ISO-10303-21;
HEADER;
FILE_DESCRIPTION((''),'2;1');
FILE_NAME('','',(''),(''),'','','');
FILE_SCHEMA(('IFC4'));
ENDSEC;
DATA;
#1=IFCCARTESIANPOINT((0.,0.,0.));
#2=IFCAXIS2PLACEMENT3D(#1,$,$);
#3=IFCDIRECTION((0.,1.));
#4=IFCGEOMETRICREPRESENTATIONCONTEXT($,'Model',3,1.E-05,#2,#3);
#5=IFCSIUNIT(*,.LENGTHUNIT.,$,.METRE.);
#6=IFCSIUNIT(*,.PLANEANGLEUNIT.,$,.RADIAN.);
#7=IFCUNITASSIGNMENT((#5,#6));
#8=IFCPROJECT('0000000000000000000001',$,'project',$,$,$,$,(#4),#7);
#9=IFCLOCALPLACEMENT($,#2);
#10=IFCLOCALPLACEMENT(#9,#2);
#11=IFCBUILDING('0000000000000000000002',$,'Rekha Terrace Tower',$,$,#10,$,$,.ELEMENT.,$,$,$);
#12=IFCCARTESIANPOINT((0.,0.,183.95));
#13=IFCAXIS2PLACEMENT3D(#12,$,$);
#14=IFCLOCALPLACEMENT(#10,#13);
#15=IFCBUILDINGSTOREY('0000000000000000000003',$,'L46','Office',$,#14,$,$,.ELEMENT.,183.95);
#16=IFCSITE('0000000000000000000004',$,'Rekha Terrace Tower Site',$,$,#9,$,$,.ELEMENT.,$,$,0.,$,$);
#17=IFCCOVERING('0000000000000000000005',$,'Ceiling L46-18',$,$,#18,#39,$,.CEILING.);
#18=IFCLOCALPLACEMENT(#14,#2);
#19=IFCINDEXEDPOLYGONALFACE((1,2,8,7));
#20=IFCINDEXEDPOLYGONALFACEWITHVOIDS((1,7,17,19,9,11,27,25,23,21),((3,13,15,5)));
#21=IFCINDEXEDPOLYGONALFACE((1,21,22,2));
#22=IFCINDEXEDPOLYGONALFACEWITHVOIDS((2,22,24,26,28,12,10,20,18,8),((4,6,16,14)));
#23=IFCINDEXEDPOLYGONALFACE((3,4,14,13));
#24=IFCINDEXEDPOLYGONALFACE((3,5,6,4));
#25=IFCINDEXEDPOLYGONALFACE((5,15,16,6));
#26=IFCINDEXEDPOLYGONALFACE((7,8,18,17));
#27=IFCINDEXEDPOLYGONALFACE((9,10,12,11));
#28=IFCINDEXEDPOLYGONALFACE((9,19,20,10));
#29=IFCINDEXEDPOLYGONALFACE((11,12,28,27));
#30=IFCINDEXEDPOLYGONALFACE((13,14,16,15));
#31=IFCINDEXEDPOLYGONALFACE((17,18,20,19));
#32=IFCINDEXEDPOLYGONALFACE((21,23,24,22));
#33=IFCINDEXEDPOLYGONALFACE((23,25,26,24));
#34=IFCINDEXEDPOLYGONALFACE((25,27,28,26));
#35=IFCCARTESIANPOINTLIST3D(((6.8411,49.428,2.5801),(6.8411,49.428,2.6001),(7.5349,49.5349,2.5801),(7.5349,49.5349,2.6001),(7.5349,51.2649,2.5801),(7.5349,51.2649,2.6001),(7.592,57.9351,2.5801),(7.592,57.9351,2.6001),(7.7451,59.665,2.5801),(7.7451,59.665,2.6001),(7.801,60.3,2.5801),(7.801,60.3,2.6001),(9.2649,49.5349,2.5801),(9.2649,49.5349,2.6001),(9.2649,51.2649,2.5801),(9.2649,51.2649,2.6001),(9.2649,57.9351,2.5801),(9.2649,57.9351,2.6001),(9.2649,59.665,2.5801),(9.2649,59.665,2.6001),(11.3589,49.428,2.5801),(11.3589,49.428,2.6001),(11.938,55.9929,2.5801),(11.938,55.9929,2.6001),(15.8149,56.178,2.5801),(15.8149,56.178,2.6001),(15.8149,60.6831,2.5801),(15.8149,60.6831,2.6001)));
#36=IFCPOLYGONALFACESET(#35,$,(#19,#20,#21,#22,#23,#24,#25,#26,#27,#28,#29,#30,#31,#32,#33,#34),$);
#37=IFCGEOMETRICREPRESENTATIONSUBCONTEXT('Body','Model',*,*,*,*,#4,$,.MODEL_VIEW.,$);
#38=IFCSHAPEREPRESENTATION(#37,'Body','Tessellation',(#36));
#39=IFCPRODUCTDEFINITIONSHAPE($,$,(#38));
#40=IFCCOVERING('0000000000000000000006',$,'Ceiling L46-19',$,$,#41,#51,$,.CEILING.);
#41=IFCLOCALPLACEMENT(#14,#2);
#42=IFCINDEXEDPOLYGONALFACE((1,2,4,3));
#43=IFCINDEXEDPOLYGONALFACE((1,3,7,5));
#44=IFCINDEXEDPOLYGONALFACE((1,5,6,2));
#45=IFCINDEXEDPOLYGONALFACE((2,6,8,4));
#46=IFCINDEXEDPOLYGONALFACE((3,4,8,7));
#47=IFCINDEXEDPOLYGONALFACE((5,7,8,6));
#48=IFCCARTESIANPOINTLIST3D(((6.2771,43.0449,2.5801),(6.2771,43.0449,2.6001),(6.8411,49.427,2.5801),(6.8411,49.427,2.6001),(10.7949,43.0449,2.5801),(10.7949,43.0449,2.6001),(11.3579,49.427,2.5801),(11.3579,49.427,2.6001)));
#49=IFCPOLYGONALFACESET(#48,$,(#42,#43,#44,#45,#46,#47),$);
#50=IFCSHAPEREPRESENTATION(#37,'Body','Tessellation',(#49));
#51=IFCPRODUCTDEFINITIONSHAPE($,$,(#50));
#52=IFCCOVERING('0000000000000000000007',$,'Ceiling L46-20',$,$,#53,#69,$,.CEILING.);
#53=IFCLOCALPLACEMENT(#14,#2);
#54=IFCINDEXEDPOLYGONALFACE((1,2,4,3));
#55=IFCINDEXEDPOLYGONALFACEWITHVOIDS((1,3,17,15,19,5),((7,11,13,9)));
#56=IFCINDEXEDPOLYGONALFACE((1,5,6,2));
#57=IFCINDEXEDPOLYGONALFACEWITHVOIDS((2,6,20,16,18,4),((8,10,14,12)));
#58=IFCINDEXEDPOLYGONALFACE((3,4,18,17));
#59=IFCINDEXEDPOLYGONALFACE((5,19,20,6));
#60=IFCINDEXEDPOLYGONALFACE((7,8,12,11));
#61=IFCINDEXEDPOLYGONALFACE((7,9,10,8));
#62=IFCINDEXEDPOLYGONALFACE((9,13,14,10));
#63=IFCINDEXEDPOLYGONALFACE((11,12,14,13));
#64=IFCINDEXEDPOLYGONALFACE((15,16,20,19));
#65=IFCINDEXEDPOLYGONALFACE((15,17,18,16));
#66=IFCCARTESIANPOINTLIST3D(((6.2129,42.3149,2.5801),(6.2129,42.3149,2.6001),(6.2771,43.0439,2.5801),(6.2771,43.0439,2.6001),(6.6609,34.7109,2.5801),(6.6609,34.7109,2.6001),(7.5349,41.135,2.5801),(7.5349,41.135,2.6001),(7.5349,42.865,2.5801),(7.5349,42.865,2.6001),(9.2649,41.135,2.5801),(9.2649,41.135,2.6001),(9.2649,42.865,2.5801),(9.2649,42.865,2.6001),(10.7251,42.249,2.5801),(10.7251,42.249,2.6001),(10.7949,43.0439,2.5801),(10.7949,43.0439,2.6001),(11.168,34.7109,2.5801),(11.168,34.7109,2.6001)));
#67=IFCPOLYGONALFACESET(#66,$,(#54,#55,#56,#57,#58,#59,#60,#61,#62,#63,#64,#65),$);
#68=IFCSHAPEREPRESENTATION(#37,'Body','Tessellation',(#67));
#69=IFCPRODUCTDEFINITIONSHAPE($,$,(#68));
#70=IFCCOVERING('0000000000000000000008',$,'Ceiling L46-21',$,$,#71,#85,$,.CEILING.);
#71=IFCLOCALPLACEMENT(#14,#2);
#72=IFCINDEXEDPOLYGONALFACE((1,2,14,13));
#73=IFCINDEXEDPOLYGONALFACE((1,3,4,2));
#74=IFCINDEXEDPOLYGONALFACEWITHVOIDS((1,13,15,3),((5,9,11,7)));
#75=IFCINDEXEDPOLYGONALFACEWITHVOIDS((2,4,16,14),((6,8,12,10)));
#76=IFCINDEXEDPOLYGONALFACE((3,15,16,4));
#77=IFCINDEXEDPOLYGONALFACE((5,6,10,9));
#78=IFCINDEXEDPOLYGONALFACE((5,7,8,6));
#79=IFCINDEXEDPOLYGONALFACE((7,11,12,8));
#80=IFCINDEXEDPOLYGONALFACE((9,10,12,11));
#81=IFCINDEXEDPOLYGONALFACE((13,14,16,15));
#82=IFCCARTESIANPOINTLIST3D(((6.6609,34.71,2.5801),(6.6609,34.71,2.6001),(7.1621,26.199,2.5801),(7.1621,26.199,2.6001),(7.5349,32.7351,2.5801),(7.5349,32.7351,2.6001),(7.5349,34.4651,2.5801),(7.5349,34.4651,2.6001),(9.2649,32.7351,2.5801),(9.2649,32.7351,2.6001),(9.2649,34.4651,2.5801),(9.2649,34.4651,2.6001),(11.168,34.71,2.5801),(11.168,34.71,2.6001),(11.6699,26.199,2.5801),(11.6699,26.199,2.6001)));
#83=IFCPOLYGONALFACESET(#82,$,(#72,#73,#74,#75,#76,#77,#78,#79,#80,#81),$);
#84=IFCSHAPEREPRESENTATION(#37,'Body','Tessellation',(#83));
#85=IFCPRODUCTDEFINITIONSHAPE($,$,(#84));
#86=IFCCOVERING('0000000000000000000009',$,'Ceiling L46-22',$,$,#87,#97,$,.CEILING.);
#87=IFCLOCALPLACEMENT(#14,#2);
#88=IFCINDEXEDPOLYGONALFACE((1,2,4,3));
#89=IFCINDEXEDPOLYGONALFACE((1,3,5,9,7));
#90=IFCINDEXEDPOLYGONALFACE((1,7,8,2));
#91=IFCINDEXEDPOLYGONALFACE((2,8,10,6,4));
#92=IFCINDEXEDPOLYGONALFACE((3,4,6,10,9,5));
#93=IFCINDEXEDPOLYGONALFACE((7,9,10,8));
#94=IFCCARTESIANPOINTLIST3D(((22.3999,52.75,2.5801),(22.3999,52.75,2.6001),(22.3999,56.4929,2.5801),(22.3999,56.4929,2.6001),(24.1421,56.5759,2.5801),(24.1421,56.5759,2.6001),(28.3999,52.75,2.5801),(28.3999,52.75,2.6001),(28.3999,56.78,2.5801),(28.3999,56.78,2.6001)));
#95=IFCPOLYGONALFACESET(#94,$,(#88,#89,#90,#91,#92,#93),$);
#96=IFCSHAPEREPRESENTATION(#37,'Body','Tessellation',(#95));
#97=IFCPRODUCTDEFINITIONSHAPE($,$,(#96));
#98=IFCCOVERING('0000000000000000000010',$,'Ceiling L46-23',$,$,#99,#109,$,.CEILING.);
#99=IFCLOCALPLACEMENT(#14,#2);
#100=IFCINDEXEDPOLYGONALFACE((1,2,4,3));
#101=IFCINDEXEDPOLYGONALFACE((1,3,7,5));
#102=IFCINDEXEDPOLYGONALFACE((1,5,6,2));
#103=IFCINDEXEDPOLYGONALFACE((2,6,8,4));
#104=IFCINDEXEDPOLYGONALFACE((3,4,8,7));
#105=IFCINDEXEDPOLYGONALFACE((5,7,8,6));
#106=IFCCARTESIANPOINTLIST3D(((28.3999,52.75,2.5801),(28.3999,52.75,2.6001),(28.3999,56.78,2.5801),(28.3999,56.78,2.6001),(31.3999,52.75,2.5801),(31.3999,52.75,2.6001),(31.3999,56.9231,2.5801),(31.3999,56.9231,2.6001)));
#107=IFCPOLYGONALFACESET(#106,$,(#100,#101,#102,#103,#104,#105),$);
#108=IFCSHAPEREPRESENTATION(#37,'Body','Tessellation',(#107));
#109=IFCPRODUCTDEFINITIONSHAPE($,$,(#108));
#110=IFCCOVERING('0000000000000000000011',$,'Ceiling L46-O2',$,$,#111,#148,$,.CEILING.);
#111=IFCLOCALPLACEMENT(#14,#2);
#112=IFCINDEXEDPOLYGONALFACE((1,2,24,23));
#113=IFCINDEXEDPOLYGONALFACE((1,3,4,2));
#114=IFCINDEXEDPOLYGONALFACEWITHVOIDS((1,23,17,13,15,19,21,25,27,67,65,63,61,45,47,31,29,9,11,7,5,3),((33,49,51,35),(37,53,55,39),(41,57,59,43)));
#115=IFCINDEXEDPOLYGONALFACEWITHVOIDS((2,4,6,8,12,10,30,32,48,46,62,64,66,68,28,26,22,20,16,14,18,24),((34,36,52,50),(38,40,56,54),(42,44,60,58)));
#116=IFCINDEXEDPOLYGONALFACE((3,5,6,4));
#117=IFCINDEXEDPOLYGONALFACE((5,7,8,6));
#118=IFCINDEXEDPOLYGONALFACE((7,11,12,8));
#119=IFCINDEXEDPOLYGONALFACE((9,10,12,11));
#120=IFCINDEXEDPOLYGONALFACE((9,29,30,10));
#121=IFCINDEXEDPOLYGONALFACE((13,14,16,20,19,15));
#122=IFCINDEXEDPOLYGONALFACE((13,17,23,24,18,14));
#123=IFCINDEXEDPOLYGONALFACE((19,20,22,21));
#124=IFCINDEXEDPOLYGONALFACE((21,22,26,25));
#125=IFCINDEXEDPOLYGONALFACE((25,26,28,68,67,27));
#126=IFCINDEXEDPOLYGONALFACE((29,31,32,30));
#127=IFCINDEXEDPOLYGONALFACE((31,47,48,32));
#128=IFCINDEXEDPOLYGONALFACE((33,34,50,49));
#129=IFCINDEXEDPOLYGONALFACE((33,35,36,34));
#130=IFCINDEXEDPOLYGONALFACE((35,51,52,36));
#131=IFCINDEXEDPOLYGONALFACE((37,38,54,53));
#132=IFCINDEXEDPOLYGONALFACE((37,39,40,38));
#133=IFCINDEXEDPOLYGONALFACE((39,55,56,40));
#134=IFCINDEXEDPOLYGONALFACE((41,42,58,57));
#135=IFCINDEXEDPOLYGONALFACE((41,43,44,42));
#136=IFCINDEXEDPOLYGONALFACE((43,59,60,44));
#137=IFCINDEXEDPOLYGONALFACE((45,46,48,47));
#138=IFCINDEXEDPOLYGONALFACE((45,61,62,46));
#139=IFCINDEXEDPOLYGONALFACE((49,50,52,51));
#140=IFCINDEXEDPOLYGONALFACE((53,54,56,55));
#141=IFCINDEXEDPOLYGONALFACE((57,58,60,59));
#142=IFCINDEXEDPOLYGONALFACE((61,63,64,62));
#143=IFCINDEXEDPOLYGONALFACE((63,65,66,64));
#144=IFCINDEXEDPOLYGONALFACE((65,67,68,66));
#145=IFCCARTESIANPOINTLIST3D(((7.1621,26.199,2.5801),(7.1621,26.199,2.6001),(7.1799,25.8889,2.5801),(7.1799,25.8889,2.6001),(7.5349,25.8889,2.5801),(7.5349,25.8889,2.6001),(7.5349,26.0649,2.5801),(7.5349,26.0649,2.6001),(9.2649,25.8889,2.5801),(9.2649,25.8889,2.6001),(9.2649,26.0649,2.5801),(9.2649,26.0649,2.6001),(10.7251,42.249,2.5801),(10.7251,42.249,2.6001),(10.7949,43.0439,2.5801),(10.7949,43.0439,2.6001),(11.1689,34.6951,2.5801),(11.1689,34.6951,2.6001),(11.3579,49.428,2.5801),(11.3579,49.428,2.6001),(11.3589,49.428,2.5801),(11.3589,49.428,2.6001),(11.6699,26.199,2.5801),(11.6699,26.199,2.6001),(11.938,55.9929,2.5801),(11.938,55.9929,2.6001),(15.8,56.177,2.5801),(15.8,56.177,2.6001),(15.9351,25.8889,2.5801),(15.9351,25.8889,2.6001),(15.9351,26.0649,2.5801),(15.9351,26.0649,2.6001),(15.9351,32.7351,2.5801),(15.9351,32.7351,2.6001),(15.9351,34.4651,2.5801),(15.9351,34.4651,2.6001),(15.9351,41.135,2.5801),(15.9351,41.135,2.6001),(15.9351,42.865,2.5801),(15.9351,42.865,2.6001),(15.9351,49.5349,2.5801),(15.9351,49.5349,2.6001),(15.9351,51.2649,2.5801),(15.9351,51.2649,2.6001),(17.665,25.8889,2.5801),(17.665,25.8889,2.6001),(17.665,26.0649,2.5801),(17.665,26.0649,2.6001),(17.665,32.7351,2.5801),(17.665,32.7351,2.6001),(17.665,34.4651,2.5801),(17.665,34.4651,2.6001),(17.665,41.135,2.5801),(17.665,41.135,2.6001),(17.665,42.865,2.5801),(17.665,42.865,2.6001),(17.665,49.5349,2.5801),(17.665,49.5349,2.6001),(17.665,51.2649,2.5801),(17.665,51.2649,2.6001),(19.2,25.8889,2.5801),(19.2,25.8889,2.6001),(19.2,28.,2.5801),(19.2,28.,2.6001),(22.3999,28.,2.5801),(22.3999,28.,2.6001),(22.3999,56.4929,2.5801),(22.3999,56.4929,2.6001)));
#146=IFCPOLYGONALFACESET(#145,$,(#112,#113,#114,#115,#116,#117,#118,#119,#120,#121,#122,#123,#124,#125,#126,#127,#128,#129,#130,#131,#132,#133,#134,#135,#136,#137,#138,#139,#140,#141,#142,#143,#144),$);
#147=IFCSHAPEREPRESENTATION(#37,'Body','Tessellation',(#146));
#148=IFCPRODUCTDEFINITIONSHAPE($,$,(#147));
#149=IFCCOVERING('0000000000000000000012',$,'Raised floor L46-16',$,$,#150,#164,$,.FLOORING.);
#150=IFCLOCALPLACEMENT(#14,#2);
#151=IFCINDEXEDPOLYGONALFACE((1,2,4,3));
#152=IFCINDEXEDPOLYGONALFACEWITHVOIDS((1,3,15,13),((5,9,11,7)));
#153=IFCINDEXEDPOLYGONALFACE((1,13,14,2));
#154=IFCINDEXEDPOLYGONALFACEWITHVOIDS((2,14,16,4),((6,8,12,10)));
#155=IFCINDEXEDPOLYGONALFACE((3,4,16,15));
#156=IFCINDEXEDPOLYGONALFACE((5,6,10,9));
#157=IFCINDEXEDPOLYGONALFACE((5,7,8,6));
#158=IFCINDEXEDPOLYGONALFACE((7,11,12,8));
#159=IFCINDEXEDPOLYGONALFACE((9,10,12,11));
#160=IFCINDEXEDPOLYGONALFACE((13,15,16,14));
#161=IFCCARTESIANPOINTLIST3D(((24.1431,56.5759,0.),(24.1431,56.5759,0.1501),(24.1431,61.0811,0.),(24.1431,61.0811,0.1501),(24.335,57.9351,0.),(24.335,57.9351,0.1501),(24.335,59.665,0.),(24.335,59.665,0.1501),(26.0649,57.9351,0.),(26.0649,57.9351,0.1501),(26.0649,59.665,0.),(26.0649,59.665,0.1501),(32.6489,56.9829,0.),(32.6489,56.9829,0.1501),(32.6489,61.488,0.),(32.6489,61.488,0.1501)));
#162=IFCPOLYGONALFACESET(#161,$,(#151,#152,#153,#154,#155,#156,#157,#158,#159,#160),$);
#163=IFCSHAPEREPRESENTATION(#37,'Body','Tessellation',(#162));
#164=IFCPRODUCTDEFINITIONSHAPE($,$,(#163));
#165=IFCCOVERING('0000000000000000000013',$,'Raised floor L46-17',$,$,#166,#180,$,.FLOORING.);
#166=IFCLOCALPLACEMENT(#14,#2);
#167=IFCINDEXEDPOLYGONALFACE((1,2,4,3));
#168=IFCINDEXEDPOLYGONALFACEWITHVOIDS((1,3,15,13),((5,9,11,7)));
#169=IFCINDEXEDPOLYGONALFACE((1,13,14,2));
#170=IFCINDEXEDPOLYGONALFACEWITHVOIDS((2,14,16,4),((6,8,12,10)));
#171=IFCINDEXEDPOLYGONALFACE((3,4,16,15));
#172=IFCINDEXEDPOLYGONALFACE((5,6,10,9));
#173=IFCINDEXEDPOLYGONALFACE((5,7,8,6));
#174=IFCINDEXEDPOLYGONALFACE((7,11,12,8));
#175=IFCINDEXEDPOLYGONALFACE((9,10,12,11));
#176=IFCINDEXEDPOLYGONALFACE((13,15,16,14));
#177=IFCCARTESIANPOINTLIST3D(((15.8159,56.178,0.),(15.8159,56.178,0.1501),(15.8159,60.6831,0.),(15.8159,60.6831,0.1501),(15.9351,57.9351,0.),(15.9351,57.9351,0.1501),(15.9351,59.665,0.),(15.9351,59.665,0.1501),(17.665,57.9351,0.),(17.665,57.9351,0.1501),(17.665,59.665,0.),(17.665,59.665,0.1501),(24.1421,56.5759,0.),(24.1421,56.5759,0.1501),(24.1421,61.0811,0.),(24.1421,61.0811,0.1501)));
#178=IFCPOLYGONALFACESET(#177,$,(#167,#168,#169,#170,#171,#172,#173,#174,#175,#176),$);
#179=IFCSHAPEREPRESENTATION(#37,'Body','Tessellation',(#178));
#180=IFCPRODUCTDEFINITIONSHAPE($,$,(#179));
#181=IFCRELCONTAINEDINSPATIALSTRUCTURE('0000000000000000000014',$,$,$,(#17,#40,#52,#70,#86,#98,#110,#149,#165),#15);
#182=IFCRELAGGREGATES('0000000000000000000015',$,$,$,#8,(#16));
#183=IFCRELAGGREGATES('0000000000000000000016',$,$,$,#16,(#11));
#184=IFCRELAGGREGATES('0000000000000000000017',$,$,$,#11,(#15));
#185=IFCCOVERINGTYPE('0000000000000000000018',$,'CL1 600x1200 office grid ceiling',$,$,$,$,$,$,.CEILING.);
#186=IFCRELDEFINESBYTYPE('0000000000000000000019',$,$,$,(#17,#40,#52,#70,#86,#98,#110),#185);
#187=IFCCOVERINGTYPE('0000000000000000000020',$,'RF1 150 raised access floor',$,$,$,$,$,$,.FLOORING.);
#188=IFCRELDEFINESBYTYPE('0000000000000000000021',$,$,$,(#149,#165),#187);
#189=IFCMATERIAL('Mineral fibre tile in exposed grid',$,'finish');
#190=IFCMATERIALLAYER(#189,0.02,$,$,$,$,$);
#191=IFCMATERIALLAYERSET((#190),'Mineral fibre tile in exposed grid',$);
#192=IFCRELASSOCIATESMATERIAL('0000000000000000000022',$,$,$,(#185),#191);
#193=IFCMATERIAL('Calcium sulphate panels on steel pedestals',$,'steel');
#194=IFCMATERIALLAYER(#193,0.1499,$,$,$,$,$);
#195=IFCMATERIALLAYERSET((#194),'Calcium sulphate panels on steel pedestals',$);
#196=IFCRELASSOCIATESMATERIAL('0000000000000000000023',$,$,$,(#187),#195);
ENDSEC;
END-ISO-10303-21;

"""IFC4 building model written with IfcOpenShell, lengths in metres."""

from ifc_helpers import new_model, si_unit, direction, frame, origin, place, context, subcontext, project, spatial, polyline, outline, extrude, material, layer, layer_set, type_object, element, save


model = new_model("IFC4")

# Units and contexts
model_context = context("Model", 3, precision=1e-05, world=origin(), true_north=direction((0.0, 1.0)))
body_context = subcontext(model_context, "Body", "Model", "MODEL_VIEW")
ifc_project = project(units=[si_unit("LENGTHUNIT", "METRE"), si_unit("PLANEANGLEUNIT", "RADIAN")], contexts=[model_context])

# Site, building, storey
site_placement = place(None, origin())
site = spatial("IfcSite", under=ifc_project, at=site_placement, Name="Rekha Terrace Tower Site", CompositionType="ELEMENT", RefElevation=0.0)
building_placement = place(site_placement, origin())
building = spatial("IfcBuilding", under=site, at=building_placement, Name="Rekha Terrace Tower", CompositionType="ELEMENT")
storey_placement = place(building_placement, frame((0.0, 0.0, 183.95)))
storey = spatial("IfcBuildingStorey", under=building, at=storey_placement, Name="L46", Description="Office", CompositionType="ELEMENT", Elevation=183.95)

# Coverings
ifc_material_1 = material(Name="Mineral fibre tile in exposed grid", Category="finish")
ifc_layer_1 = layer(ifc_material_1, 0.02)
ifc_layer_set_1 = layer_set([ifc_layer_1], Name="Mineral fibre tile in exposed grid")
covering_type_1 = type_object("IfcCoveringType", Name="CL1 600x1200 office grid ceiling", PredefinedType="CEILING", material=ifc_layer_set_1)
covering_1_placement = place(storey_placement, frame((0.0, 0.0, 2.5801)))
element("IfcCovering", 1, at=covering_1_placement, inside=storey, type_object=covering_type_1, Name="Ceiling L46-18", PredefinedType="CEILING", context=body_context, shape_type="SweptSolid", body=[
    extrude(outline(polyline([(7.592, 57.9351), (6.8411, 49.428), (11.3589, 49.428), (11.938, 55.9929), (15.8149, 56.178), (15.8149, 60.6831), (7.801, 60.3), (7.7451, 59.665), (9.2649, 59.665), (9.2649, 57.9351), (7.592, 57.9351)]), holes=[polyline([(9.2649, 49.5349), (7.5349, 49.5349), (7.5349, 51.2649), (9.2649, 51.2649), (9.2649, 49.5349)])]), origin(), (0.0, 0.0, 1.0), 0.02),
])
covering_2_placement = place(storey_placement, frame((0.0, 0.0, 2.5801)))
element("IfcCovering", 2, at=covering_2_placement, inside=storey, type_object=covering_type_1, Name="Ceiling L46-19", PredefinedType="CEILING", context=body_context, shape_type="SweptSolid", body=[
    extrude(outline(polyline([(11.3579, 49.427), (6.8411, 49.427), (6.2771, 43.0449), (10.7949, 43.0449), (11.3579, 49.427)])), origin(), (0.0, 0.0, 1.0), 0.02),
])
covering_3_placement = place(storey_placement, frame((0.0, 0.0, 2.5801)))
element("IfcCovering", 3, at=covering_3_placement, inside=storey, type_object=covering_type_1, Name="Ceiling L46-20", PredefinedType="CEILING", context=body_context, shape_type="SweptSolid", body=[
    extrude(outline(polyline([(6.2129, 42.3149), (6.6609, 34.7109), (11.168, 34.7109), (10.7251, 42.249), (10.7949, 43.0439), (6.2771, 43.0439), (6.2129, 42.3149)]), holes=[polyline([(9.2649, 41.135), (7.5349, 41.135), (7.5349, 42.865), (9.2649, 42.865), (9.2649, 41.135)])]), origin(), (0.0, 0.0, 1.0), 0.02),
])
covering_4_placement = place(storey_placement, frame((0.0, 0.0, 2.5801)))
element("IfcCovering", 4, at=covering_4_placement, inside=storey, type_object=covering_type_1, Name="Ceiling L46-21", PredefinedType="CEILING", context=body_context, shape_type="SweptSolid", body=[
    extrude(outline(polyline([(11.168, 34.71), (6.6609, 34.71), (7.1621, 26.199), (11.6699, 26.199), (11.168, 34.71)]), holes=[polyline([(9.2649, 34.4651), (9.2649, 32.7351), (7.5349, 32.7351), (7.5349, 34.4651), (9.2649, 34.4651)])]), origin(), (0.0, 0.0, 1.0), 0.02),
])
covering_5_placement = place(storey_placement, frame((0.0, 0.0, 2.5801)))
element("IfcCovering", 5, at=covering_5_placement, inside=storey, type_object=covering_type_1, Name="Ceiling L46-22", PredefinedType="CEILING", context=body_context, shape_type="SweptSolid", body=[
    extrude(outline(polyline([(28.3999, 56.78), (24.1421, 56.5759), (22.3999, 56.4929), (22.3999, 52.75), (28.3999, 52.75), (28.3999, 56.78)])), origin(), (0.0, 0.0, 1.0), 0.02),
])
covering_6_placement = place(storey_placement, frame((0.0, 0.0, 2.5801)))
element("IfcCovering", 6, at=covering_6_placement, inside=storey, type_object=covering_type_1, Name="Ceiling L46-23", PredefinedType="CEILING", context=body_context, shape_type="SweptSolid", body=[
    extrude(outline(polyline([(31.3999, 52.75), (31.3999, 56.9231), (28.3999, 56.78), (28.3999, 52.75), (31.3999, 52.75)])), origin(), (0.0, 0.0, 1.0), 0.02),
])
covering_7_placement = place(storey_placement, frame((0.0, 0.0, 2.5801)))
element("IfcCovering", 7, at=covering_7_placement, inside=storey, type_object=covering_type_1, Name="Ceiling L46-O2", PredefinedType="CEILING", context=body_context, shape_type="SweptSolid", body=[
    extrude(outline(polyline([(11.3579, 49.428), (10.7949, 43.0439), (10.7251, 42.249), (11.1689, 34.6951), (11.6699, 26.199), (7.1621, 26.199), (7.1799, 25.8889), (7.5349, 25.8889), (7.5349, 26.0649), (9.2649, 26.0649), (9.2649, 25.8889), (15.9351, 25.8889), (15.9351, 26.0649), (17.665, 26.0649), (17.665, 25.8889), (19.2, 25.8889), (19.2, 28.0), (22.3999, 28.0), (22.3999, 56.4929), (15.8, 56.177), (11.938, 55.9929), (11.3589, 49.428), (11.3579, 49.428)]), holes=[polyline([(17.665, 32.7351), (15.9351, 32.7351), (15.9351, 34.4651), (17.665, 34.4651), (17.665, 32.7351)]), polyline([(17.665, 42.865), (17.665, 41.135), (15.9351, 41.135), (15.9351, 42.865), (17.665, 42.865)]), polyline([(17.665, 51.2649), (17.665, 49.5349), (15.9351, 49.5349), (15.9351, 51.2649), (17.665, 51.2649)])]), origin(), (0.0, 0.0, 1.0), 0.02),
])
ifc_material_2 = material(Name="Calcium sulphate panels on steel pedestals", Category="steel")
ifc_layer_2 = layer(ifc_material_2, 0.1499)
ifc_layer_set_2 = layer_set([ifc_layer_2], Name="Calcium sulphate panels on steel pedestals")
covering_type_2 = type_object("IfcCoveringType", Name="RF1 150 raised access floor", PredefinedType="FLOORING", material=ifc_layer_set_2)
covering_8_placement = place(storey_placement, origin())
element("IfcCovering", 8, at=covering_8_placement, inside=storey, type_object=covering_type_2, Name="Raised floor L46-16", PredefinedType="FLOORING", context=body_context, shape_type="SweptSolid", body=[
    extrude(outline(polyline([(32.6489, 56.9829), (32.6489, 61.488), (24.1431, 61.0811), (24.1431, 56.5759), (32.6489, 56.9829)]), holes=[polyline([(26.0649, 57.9351), (24.335, 57.9351), (24.335, 59.665), (26.0649, 59.665), (26.0649, 57.9351)])]), origin(), (0.0, 0.0, 1.0), 0.1501),
])
covering_9_placement = place(storey_placement, origin())
element("IfcCovering", 9, at=covering_9_placement, inside=storey, type_object=covering_type_2, Name="Raised floor L46-17", PredefinedType="FLOORING", context=body_context, shape_type="SweptSolid", body=[
    extrude(outline(polyline([(24.1421, 56.5759), (24.1421, 61.0811), (15.8159, 60.6831), (15.8159, 56.178), (24.1421, 56.5759)]), holes=[polyline([(17.665, 59.665), (17.665, 57.9351), (15.9351, 57.9351), (15.9351, 59.665), (17.665, 59.665)])]), origin(), (0.0, 0.0, 1.0), 0.1501),
])

save(model, "model.ifc")
